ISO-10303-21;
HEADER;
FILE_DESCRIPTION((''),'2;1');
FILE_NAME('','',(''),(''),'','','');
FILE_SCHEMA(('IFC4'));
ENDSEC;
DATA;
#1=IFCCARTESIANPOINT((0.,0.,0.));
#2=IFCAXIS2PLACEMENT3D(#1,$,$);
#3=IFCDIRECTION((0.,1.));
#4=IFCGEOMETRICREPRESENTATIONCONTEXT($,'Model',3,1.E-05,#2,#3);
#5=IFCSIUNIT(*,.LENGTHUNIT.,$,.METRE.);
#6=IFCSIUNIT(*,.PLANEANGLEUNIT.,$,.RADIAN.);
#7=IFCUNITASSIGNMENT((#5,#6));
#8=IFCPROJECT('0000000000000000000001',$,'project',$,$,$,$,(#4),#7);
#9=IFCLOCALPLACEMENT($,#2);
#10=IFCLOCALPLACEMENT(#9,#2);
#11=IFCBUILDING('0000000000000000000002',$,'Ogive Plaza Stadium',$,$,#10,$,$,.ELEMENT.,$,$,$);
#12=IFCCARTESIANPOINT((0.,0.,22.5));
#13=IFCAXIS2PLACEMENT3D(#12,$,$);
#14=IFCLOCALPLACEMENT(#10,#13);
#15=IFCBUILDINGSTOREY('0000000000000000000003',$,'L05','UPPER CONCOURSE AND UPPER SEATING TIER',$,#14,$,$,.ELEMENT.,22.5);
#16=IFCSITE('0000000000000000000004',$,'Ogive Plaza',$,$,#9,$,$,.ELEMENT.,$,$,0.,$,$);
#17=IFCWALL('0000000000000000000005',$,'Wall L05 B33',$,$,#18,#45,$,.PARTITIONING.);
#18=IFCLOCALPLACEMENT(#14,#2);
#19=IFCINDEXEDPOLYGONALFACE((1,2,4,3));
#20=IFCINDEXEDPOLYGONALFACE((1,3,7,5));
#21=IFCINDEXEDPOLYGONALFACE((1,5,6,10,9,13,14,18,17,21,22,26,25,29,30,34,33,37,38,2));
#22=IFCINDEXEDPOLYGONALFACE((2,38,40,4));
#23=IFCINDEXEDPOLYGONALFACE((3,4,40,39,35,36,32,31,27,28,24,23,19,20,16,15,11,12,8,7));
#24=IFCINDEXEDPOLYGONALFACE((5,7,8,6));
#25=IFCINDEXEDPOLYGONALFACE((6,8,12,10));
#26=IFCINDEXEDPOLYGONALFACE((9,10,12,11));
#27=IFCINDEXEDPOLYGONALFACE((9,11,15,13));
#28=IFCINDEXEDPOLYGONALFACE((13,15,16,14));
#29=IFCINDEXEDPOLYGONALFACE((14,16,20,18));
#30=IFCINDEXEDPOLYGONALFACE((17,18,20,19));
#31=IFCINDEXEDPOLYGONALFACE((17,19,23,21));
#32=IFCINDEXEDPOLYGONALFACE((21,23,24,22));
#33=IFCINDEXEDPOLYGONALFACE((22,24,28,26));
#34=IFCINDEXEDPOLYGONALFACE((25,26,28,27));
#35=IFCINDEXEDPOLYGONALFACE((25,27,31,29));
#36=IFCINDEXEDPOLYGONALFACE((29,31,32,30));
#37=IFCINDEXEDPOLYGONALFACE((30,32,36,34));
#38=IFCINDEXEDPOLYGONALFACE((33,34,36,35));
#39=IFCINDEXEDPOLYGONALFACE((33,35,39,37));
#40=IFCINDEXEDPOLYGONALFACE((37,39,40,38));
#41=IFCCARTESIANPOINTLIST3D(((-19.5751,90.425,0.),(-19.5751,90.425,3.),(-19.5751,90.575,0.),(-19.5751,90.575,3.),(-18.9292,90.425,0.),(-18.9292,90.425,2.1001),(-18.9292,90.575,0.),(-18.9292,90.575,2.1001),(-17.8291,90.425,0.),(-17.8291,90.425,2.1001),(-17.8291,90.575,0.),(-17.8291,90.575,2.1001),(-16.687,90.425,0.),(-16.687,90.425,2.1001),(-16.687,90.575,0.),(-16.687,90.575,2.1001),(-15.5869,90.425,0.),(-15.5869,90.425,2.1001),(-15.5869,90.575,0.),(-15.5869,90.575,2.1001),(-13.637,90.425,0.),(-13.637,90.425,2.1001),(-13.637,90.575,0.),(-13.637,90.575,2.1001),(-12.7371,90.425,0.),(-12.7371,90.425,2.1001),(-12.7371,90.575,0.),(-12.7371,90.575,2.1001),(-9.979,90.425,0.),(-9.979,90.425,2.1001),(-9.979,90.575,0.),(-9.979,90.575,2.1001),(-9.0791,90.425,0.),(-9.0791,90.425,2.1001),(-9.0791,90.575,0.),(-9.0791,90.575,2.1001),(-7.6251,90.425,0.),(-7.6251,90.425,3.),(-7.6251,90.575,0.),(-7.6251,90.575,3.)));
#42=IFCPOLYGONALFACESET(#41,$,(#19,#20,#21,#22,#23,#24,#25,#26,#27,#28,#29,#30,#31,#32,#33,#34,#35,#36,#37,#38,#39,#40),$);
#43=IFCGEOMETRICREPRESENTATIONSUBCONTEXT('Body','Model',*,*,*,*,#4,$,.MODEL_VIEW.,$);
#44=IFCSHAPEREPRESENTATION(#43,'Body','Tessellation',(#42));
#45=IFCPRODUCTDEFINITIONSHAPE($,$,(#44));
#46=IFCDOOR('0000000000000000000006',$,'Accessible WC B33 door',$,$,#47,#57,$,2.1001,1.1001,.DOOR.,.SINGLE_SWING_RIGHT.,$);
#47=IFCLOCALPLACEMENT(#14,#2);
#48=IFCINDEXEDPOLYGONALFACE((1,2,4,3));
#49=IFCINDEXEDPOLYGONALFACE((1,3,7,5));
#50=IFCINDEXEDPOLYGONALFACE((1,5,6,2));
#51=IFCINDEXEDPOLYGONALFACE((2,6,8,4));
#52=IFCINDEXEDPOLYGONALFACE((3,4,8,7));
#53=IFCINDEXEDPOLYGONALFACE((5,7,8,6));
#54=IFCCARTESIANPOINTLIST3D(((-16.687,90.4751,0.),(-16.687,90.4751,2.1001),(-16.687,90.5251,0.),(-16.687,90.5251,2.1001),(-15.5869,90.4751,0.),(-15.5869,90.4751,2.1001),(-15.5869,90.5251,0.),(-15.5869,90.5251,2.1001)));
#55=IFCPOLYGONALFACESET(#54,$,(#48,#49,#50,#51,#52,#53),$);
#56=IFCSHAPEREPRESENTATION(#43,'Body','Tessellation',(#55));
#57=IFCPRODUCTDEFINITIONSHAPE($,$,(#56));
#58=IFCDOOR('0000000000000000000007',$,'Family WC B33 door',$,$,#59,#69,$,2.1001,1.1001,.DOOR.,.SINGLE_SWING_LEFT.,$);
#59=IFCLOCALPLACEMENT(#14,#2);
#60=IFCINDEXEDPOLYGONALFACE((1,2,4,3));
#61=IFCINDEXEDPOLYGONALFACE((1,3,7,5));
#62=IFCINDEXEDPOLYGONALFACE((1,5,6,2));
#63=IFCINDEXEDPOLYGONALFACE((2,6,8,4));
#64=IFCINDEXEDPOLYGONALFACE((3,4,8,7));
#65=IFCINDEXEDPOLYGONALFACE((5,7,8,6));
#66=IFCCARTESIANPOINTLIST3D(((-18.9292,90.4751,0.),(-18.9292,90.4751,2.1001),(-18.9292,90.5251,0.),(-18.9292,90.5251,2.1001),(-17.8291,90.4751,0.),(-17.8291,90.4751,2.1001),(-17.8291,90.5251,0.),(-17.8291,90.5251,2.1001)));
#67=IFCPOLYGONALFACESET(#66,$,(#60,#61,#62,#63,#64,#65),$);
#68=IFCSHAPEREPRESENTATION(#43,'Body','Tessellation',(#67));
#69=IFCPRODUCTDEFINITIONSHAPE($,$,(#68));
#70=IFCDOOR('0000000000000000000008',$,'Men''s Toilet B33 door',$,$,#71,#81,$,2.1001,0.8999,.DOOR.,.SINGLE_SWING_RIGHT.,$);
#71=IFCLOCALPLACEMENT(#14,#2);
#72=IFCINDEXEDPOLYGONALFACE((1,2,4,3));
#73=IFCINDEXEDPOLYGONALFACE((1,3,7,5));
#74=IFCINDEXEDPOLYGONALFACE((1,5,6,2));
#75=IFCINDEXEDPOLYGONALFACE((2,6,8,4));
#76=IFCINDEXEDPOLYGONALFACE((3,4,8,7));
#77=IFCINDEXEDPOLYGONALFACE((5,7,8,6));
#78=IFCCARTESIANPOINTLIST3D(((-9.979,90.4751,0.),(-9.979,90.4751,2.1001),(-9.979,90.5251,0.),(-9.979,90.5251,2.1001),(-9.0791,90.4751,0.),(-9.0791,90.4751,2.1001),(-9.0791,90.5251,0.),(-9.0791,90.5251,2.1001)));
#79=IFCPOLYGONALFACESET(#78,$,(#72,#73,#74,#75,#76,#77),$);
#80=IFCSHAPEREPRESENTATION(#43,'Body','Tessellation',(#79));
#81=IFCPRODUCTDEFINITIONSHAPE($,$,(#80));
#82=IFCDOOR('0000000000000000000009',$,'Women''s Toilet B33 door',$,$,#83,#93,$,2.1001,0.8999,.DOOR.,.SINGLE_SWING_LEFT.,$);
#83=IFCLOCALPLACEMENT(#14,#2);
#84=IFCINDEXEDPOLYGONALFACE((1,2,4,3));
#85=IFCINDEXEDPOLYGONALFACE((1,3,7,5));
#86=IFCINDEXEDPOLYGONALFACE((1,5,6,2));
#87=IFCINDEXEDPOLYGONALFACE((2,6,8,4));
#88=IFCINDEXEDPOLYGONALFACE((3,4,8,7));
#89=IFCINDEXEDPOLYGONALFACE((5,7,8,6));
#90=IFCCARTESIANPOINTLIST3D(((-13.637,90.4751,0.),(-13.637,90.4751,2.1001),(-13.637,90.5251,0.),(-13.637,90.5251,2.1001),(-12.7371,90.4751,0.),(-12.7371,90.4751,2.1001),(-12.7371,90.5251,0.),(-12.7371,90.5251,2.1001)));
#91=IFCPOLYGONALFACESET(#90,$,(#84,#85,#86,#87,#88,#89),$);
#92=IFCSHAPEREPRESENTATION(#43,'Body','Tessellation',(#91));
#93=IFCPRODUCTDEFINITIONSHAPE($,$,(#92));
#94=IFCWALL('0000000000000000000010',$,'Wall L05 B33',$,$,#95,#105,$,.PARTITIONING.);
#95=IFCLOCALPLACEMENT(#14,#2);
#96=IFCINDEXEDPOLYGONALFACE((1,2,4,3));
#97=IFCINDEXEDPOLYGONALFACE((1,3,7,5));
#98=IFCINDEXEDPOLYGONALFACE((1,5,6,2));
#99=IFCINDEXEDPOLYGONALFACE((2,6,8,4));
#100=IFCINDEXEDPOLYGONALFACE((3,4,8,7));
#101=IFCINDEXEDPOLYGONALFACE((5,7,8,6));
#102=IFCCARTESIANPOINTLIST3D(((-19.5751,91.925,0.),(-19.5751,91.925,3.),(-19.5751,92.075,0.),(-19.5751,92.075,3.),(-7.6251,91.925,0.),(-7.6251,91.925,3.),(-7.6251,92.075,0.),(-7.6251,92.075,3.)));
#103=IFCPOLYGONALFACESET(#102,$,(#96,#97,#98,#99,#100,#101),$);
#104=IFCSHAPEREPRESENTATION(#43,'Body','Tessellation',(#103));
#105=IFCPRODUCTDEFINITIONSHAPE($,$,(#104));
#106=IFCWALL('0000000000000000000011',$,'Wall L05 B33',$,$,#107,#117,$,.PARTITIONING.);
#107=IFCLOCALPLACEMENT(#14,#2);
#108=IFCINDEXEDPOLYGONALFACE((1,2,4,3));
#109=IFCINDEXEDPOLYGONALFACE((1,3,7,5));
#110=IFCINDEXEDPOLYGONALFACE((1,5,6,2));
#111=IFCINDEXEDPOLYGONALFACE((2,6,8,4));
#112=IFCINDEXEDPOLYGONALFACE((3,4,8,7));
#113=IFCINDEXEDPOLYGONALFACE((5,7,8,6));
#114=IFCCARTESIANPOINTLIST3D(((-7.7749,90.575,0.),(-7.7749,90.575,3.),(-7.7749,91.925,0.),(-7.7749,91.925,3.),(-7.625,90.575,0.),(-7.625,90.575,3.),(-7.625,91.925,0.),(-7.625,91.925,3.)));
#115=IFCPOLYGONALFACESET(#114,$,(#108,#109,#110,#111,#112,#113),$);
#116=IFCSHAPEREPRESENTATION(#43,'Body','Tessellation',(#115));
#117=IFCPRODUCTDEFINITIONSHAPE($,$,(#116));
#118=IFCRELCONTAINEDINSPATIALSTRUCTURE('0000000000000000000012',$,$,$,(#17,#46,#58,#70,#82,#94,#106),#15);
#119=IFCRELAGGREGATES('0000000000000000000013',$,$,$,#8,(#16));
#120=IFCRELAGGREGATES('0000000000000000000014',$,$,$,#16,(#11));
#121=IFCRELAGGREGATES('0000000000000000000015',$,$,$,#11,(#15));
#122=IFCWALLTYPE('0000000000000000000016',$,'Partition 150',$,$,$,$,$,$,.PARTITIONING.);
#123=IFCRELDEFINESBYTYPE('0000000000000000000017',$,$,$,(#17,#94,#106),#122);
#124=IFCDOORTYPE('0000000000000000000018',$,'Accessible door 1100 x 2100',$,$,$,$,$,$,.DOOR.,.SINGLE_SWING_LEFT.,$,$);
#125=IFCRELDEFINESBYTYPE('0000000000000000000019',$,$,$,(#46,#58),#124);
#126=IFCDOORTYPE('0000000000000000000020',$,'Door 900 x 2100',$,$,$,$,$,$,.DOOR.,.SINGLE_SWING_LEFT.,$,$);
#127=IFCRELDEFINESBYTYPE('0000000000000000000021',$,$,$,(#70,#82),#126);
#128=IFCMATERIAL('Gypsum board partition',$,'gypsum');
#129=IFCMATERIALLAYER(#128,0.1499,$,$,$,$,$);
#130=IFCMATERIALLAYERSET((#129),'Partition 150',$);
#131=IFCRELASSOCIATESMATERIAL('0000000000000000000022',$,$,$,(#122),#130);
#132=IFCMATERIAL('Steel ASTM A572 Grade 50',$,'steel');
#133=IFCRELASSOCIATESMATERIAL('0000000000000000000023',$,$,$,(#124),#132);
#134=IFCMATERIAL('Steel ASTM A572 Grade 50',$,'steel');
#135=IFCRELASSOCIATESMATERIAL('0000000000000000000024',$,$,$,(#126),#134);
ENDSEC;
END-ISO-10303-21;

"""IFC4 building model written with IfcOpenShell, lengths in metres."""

from ifc_helpers import new_model, si_unit, direction, frame, frame_2d, origin, place, context, subcontext, project, spatial, rectangle, extrude, material, layer, layer_set, type_object, element, fill, save


model = new_model("IFC4")

# Units and contexts
model_context = context("Model", 3, precision=1e-05, world=origin(), true_north=direction((0.0, 1.0)))
body_context = subcontext(model_context, "Body", "Model", "MODEL_VIEW")
ifc_project = project(units=[si_unit("LENGTHUNIT", "METRE"), si_unit("PLANEANGLEUNIT", "RADIAN")], contexts=[model_context])

# Site, building, storey
site_placement = place(None, origin())
site = spatial("IfcSite", under=ifc_project, at=site_placement, Name="Ogive Plaza", CompositionType="ELEMENT", RefElevation=0.0)
building_placement = place(site_placement, origin())
building = spatial("IfcBuilding", under=site, at=building_placement, Name="Ogive Plaza Stadium", CompositionType="ELEMENT")
storey_placement = place(building_placement, frame((0.0, 0.0, 22.5)))
storey = spatial("IfcBuildingStorey", under=building, at=storey_placement, Name="L05", Description="UPPER CONCOURSE AND UPPER SEATING TIER", CompositionType="ELEMENT", Elevation=22.5)

# Wall, openings, doors
ifc_material_1 = material(Name="Gypsum board partition", Category="gypsum")
ifc_layer_1 = layer(ifc_material_1, 0.1499)
ifc_layer_set_1 = layer_set([ifc_layer_1], Name="Partition 150")
wall_type_1 = type_object("IfcWallType", Name="Partition 150", PredefinedType="PARTITIONING", material=ifc_layer_set_1)
wall_1_placement = place(storey_placement, frame((-7.625, 90.5, 0.0), z_axis=(0.0, 0.0, 1.0), x_axis=(-1.0, 0.0, 0.0)))
wall_1 = element("IfcWall", 1, at=wall_1_placement, inside=storey, type_object=wall_type_1, Name="Wall L05 B33", PredefinedType="PARTITIONING", context=body_context, shape_type="SweptSolid", body=[
    extrude(rectangle(XDim=11.95, YDim=0.1499, at=frame_2d((5.9751, 0.0))), origin(), (0.0, 0.0, 1.0), 3.0),
])
opening_1_placement = place(wall_1_placement, frame((1.4541, 0.0, 0.0)))
opening_1 = element("IfcOpeningElement", 2, at=opening_1_placement, cuts=wall_1, PredefinedType="OPENING", context=body_context, shape_type="SweptSolid", body=[
    extrude(rectangle(XDim=0.8999, YDim=2.1001, at=frame_2d((0.45, 1.05))), frame((0.0, 0.075, 0.0), z_axis=(0.0, -1.0, 0.0), x_axis=(1.0, 0.0, 0.0)), (0.0, 0.0, 1.0), 0.1499),
])
opening_2_placement = place(wall_1_placement, frame((5.1121, 0.0, 0.0)))
opening_2 = element("IfcOpeningElement", 3, at=opening_2_placement, cuts=wall_1, PredefinedType="OPENING", context=body_context, shape_type="SweptSolid", body=[
    extrude(rectangle(XDim=0.8999, YDim=2.1001, at=frame_2d((0.45, 1.05))), frame((0.0, 0.075, 0.0), z_axis=(0.0, -1.0, 0.0), x_axis=(1.0, 0.0, 0.0)), (0.0, 0.0, 1.0), 0.1499),
])
opening_3_placement = place(wall_1_placement, frame((7.9619, 0.0, 0.0)))
opening_3 = element("IfcOpeningElement", 4, at=opening_3_placement, cuts=wall_1, PredefinedType="OPENING", context=body_context, shape_type="SweptSolid", body=[
    extrude(rectangle(XDim=1.1001, YDim=2.1001, at=frame_2d((0.55, 1.05))), frame((0.0, 0.075, 0.0), z_axis=(0.0, -1.0, 0.0), x_axis=(1.0, 0.0, 0.0)), (0.0, 0.0, 1.0), 0.1499),
])
opening_4_placement = place(wall_1_placement, frame((10.2041, 0.0, 0.0)))
opening_4 = element("IfcOpeningElement", 5, at=opening_4_placement, cuts=wall_1, PredefinedType="OPENING", context=body_context, shape_type="SweptSolid", body=[
    extrude(rectangle(XDim=1.1001, YDim=2.1001, at=frame_2d((0.55, 1.05))), frame((0.0, 0.075, 0.0), z_axis=(0.0, -1.0, 0.0), x_axis=(1.0, 0.0, 0.0)), (0.0, 0.0, 1.0), 0.1499),
])
ifc_material_2 = material(Name="Steel ASTM A572 Grade 50", Category="steel")
door_type_1 = type_object("IfcDoorType", Name="Accessible door 1100 x 2100", OperationType="SINGLE_SWING_LEFT", PredefinedType="DOOR", material=ifc_material_2)
door_1_placement = place(opening_3_placement, origin())
door_1 = element("IfcDoor", 6, at=door_1_placement, inside=storey, type_object=door_type_1, Name="Accessible WC B33 door", OperationType="SINGLE_SWING_RIGHT", OverallHeight=2.1001, OverallWidth=1.1001, PredefinedType="DOOR", context=body_context, shape_type="SweptSolid", body=[
    extrude(rectangle(XDim=1.1001, YDim=2.1001, at=frame_2d((0.55, 1.05))), frame((0.0, 0.0249, 0.0), z_axis=(0.0, -1.0, 0.0), x_axis=(1.0, 0.0, 0.0)), (0.0, 0.0, 1.0), 0.05),
])
fill(opening_3, door_1)
door_2_placement = place(opening_4_placement, origin())
door_2 = element("IfcDoor", 7, at=door_2_placement, inside=storey, type_object=door_type_1, Name="Family WC B33 door", OperationType="SINGLE_SWING_LEFT", OverallHeight=2.1001, OverallWidth=1.1001, PredefinedType="DOOR", context=body_context, shape_type="SweptSolid", body=[
    extrude(rectangle(XDim=1.1001, YDim=2.1001, at=frame_2d((0.55, 1.05))), frame((0.0, 0.0249, 0.0), z_axis=(0.0, -1.0, 0.0), x_axis=(1.0, 0.0, 0.0)), (0.0, 0.0, 1.0), 0.05),
])
fill(opening_4, door_2)
ifc_material_3 = material(Name="Steel ASTM A572 Grade 50", Category="steel")
door_type_2 = type_object("IfcDoorType", Name="Door 900 x 2100", OperationType="SINGLE_SWING_LEFT", PredefinedType="DOOR", material=ifc_material_3)
door_3_placement = place(opening_1_placement, origin())
door_3 = element("IfcDoor", 8, at=door_3_placement, inside=storey, type_object=door_type_2, Name="Men's Toilet B33 door", OperationType="SINGLE_SWING_RIGHT", OverallHeight=2.1001, OverallWidth=0.8999, PredefinedType="DOOR", context=body_context, shape_type="SweptSolid", body=[
    extrude(rectangle(XDim=0.8999, YDim=2.1001, at=frame_2d((0.45, 1.05))), frame((0.0, 0.0249, 0.0), z_axis=(0.0, -1.0, 0.0), x_axis=(1.0, 0.0, 0.0)), (0.0, 0.0, 1.0), 0.05),
])
fill(opening_1, door_3)
door_4_placement = place(opening_2_placement, origin())
door_4 = element("IfcDoor", 9, at=door_4_placement, inside=storey, type_object=door_type_2, Name="Women's Toilet B33 door", OperationType="SINGLE_SWING_LEFT", OverallHeight=2.1001, OverallWidth=0.8999, PredefinedType="DOOR", context=body_context, shape_type="SweptSolid", body=[
    extrude(rectangle(XDim=0.8999, YDim=2.1001, at=frame_2d((0.45, 1.05))), frame((0.0, 0.0249, 0.0), z_axis=(0.0, -1.0, 0.0), x_axis=(1.0, 0.0, 0.0)), (0.0, 0.0, 1.0), 0.05),
])
fill(opening_2, door_4)

# Walls
wall_2_placement = place(storey_placement, frame((-7.625, 92.0, 0.0), z_axis=(0.0, 0.0, 1.0), x_axis=(-1.0, 0.0, 0.0)))
element("IfcWall", 10, at=wall_2_placement, inside=storey, type_object=wall_type_1, Name="Wall L05 B33", PredefinedType="PARTITIONING", context=body_context, shape_type="SweptSolid", body=[
    extrude(rectangle(XDim=11.95, YDim=0.1499, at=frame_2d((5.9751, 0.0))), origin(), (0.0, 0.0, 1.0), 3.0),
])
wall_3_placement = place(storey_placement, frame((-7.7, 90.575, 0.0), z_axis=(0.0, 0.0, 1.0), x_axis=(0.0, 1.0, 0.0)))
element("IfcWall", 11, at=wall_3_placement, inside=storey, type_object=wall_type_1, Name="Wall L05 B33", PredefinedType="PARTITIONING", context=body_context, shape_type="SweptSolid", body=[
    extrude(rectangle(XDim=1.3501, YDim=0.1499, at=frame_2d((0.675, 0.0))), origin(), (0.0, 0.0, 1.0), 3.0),
])

save(model, "model.ifc")
